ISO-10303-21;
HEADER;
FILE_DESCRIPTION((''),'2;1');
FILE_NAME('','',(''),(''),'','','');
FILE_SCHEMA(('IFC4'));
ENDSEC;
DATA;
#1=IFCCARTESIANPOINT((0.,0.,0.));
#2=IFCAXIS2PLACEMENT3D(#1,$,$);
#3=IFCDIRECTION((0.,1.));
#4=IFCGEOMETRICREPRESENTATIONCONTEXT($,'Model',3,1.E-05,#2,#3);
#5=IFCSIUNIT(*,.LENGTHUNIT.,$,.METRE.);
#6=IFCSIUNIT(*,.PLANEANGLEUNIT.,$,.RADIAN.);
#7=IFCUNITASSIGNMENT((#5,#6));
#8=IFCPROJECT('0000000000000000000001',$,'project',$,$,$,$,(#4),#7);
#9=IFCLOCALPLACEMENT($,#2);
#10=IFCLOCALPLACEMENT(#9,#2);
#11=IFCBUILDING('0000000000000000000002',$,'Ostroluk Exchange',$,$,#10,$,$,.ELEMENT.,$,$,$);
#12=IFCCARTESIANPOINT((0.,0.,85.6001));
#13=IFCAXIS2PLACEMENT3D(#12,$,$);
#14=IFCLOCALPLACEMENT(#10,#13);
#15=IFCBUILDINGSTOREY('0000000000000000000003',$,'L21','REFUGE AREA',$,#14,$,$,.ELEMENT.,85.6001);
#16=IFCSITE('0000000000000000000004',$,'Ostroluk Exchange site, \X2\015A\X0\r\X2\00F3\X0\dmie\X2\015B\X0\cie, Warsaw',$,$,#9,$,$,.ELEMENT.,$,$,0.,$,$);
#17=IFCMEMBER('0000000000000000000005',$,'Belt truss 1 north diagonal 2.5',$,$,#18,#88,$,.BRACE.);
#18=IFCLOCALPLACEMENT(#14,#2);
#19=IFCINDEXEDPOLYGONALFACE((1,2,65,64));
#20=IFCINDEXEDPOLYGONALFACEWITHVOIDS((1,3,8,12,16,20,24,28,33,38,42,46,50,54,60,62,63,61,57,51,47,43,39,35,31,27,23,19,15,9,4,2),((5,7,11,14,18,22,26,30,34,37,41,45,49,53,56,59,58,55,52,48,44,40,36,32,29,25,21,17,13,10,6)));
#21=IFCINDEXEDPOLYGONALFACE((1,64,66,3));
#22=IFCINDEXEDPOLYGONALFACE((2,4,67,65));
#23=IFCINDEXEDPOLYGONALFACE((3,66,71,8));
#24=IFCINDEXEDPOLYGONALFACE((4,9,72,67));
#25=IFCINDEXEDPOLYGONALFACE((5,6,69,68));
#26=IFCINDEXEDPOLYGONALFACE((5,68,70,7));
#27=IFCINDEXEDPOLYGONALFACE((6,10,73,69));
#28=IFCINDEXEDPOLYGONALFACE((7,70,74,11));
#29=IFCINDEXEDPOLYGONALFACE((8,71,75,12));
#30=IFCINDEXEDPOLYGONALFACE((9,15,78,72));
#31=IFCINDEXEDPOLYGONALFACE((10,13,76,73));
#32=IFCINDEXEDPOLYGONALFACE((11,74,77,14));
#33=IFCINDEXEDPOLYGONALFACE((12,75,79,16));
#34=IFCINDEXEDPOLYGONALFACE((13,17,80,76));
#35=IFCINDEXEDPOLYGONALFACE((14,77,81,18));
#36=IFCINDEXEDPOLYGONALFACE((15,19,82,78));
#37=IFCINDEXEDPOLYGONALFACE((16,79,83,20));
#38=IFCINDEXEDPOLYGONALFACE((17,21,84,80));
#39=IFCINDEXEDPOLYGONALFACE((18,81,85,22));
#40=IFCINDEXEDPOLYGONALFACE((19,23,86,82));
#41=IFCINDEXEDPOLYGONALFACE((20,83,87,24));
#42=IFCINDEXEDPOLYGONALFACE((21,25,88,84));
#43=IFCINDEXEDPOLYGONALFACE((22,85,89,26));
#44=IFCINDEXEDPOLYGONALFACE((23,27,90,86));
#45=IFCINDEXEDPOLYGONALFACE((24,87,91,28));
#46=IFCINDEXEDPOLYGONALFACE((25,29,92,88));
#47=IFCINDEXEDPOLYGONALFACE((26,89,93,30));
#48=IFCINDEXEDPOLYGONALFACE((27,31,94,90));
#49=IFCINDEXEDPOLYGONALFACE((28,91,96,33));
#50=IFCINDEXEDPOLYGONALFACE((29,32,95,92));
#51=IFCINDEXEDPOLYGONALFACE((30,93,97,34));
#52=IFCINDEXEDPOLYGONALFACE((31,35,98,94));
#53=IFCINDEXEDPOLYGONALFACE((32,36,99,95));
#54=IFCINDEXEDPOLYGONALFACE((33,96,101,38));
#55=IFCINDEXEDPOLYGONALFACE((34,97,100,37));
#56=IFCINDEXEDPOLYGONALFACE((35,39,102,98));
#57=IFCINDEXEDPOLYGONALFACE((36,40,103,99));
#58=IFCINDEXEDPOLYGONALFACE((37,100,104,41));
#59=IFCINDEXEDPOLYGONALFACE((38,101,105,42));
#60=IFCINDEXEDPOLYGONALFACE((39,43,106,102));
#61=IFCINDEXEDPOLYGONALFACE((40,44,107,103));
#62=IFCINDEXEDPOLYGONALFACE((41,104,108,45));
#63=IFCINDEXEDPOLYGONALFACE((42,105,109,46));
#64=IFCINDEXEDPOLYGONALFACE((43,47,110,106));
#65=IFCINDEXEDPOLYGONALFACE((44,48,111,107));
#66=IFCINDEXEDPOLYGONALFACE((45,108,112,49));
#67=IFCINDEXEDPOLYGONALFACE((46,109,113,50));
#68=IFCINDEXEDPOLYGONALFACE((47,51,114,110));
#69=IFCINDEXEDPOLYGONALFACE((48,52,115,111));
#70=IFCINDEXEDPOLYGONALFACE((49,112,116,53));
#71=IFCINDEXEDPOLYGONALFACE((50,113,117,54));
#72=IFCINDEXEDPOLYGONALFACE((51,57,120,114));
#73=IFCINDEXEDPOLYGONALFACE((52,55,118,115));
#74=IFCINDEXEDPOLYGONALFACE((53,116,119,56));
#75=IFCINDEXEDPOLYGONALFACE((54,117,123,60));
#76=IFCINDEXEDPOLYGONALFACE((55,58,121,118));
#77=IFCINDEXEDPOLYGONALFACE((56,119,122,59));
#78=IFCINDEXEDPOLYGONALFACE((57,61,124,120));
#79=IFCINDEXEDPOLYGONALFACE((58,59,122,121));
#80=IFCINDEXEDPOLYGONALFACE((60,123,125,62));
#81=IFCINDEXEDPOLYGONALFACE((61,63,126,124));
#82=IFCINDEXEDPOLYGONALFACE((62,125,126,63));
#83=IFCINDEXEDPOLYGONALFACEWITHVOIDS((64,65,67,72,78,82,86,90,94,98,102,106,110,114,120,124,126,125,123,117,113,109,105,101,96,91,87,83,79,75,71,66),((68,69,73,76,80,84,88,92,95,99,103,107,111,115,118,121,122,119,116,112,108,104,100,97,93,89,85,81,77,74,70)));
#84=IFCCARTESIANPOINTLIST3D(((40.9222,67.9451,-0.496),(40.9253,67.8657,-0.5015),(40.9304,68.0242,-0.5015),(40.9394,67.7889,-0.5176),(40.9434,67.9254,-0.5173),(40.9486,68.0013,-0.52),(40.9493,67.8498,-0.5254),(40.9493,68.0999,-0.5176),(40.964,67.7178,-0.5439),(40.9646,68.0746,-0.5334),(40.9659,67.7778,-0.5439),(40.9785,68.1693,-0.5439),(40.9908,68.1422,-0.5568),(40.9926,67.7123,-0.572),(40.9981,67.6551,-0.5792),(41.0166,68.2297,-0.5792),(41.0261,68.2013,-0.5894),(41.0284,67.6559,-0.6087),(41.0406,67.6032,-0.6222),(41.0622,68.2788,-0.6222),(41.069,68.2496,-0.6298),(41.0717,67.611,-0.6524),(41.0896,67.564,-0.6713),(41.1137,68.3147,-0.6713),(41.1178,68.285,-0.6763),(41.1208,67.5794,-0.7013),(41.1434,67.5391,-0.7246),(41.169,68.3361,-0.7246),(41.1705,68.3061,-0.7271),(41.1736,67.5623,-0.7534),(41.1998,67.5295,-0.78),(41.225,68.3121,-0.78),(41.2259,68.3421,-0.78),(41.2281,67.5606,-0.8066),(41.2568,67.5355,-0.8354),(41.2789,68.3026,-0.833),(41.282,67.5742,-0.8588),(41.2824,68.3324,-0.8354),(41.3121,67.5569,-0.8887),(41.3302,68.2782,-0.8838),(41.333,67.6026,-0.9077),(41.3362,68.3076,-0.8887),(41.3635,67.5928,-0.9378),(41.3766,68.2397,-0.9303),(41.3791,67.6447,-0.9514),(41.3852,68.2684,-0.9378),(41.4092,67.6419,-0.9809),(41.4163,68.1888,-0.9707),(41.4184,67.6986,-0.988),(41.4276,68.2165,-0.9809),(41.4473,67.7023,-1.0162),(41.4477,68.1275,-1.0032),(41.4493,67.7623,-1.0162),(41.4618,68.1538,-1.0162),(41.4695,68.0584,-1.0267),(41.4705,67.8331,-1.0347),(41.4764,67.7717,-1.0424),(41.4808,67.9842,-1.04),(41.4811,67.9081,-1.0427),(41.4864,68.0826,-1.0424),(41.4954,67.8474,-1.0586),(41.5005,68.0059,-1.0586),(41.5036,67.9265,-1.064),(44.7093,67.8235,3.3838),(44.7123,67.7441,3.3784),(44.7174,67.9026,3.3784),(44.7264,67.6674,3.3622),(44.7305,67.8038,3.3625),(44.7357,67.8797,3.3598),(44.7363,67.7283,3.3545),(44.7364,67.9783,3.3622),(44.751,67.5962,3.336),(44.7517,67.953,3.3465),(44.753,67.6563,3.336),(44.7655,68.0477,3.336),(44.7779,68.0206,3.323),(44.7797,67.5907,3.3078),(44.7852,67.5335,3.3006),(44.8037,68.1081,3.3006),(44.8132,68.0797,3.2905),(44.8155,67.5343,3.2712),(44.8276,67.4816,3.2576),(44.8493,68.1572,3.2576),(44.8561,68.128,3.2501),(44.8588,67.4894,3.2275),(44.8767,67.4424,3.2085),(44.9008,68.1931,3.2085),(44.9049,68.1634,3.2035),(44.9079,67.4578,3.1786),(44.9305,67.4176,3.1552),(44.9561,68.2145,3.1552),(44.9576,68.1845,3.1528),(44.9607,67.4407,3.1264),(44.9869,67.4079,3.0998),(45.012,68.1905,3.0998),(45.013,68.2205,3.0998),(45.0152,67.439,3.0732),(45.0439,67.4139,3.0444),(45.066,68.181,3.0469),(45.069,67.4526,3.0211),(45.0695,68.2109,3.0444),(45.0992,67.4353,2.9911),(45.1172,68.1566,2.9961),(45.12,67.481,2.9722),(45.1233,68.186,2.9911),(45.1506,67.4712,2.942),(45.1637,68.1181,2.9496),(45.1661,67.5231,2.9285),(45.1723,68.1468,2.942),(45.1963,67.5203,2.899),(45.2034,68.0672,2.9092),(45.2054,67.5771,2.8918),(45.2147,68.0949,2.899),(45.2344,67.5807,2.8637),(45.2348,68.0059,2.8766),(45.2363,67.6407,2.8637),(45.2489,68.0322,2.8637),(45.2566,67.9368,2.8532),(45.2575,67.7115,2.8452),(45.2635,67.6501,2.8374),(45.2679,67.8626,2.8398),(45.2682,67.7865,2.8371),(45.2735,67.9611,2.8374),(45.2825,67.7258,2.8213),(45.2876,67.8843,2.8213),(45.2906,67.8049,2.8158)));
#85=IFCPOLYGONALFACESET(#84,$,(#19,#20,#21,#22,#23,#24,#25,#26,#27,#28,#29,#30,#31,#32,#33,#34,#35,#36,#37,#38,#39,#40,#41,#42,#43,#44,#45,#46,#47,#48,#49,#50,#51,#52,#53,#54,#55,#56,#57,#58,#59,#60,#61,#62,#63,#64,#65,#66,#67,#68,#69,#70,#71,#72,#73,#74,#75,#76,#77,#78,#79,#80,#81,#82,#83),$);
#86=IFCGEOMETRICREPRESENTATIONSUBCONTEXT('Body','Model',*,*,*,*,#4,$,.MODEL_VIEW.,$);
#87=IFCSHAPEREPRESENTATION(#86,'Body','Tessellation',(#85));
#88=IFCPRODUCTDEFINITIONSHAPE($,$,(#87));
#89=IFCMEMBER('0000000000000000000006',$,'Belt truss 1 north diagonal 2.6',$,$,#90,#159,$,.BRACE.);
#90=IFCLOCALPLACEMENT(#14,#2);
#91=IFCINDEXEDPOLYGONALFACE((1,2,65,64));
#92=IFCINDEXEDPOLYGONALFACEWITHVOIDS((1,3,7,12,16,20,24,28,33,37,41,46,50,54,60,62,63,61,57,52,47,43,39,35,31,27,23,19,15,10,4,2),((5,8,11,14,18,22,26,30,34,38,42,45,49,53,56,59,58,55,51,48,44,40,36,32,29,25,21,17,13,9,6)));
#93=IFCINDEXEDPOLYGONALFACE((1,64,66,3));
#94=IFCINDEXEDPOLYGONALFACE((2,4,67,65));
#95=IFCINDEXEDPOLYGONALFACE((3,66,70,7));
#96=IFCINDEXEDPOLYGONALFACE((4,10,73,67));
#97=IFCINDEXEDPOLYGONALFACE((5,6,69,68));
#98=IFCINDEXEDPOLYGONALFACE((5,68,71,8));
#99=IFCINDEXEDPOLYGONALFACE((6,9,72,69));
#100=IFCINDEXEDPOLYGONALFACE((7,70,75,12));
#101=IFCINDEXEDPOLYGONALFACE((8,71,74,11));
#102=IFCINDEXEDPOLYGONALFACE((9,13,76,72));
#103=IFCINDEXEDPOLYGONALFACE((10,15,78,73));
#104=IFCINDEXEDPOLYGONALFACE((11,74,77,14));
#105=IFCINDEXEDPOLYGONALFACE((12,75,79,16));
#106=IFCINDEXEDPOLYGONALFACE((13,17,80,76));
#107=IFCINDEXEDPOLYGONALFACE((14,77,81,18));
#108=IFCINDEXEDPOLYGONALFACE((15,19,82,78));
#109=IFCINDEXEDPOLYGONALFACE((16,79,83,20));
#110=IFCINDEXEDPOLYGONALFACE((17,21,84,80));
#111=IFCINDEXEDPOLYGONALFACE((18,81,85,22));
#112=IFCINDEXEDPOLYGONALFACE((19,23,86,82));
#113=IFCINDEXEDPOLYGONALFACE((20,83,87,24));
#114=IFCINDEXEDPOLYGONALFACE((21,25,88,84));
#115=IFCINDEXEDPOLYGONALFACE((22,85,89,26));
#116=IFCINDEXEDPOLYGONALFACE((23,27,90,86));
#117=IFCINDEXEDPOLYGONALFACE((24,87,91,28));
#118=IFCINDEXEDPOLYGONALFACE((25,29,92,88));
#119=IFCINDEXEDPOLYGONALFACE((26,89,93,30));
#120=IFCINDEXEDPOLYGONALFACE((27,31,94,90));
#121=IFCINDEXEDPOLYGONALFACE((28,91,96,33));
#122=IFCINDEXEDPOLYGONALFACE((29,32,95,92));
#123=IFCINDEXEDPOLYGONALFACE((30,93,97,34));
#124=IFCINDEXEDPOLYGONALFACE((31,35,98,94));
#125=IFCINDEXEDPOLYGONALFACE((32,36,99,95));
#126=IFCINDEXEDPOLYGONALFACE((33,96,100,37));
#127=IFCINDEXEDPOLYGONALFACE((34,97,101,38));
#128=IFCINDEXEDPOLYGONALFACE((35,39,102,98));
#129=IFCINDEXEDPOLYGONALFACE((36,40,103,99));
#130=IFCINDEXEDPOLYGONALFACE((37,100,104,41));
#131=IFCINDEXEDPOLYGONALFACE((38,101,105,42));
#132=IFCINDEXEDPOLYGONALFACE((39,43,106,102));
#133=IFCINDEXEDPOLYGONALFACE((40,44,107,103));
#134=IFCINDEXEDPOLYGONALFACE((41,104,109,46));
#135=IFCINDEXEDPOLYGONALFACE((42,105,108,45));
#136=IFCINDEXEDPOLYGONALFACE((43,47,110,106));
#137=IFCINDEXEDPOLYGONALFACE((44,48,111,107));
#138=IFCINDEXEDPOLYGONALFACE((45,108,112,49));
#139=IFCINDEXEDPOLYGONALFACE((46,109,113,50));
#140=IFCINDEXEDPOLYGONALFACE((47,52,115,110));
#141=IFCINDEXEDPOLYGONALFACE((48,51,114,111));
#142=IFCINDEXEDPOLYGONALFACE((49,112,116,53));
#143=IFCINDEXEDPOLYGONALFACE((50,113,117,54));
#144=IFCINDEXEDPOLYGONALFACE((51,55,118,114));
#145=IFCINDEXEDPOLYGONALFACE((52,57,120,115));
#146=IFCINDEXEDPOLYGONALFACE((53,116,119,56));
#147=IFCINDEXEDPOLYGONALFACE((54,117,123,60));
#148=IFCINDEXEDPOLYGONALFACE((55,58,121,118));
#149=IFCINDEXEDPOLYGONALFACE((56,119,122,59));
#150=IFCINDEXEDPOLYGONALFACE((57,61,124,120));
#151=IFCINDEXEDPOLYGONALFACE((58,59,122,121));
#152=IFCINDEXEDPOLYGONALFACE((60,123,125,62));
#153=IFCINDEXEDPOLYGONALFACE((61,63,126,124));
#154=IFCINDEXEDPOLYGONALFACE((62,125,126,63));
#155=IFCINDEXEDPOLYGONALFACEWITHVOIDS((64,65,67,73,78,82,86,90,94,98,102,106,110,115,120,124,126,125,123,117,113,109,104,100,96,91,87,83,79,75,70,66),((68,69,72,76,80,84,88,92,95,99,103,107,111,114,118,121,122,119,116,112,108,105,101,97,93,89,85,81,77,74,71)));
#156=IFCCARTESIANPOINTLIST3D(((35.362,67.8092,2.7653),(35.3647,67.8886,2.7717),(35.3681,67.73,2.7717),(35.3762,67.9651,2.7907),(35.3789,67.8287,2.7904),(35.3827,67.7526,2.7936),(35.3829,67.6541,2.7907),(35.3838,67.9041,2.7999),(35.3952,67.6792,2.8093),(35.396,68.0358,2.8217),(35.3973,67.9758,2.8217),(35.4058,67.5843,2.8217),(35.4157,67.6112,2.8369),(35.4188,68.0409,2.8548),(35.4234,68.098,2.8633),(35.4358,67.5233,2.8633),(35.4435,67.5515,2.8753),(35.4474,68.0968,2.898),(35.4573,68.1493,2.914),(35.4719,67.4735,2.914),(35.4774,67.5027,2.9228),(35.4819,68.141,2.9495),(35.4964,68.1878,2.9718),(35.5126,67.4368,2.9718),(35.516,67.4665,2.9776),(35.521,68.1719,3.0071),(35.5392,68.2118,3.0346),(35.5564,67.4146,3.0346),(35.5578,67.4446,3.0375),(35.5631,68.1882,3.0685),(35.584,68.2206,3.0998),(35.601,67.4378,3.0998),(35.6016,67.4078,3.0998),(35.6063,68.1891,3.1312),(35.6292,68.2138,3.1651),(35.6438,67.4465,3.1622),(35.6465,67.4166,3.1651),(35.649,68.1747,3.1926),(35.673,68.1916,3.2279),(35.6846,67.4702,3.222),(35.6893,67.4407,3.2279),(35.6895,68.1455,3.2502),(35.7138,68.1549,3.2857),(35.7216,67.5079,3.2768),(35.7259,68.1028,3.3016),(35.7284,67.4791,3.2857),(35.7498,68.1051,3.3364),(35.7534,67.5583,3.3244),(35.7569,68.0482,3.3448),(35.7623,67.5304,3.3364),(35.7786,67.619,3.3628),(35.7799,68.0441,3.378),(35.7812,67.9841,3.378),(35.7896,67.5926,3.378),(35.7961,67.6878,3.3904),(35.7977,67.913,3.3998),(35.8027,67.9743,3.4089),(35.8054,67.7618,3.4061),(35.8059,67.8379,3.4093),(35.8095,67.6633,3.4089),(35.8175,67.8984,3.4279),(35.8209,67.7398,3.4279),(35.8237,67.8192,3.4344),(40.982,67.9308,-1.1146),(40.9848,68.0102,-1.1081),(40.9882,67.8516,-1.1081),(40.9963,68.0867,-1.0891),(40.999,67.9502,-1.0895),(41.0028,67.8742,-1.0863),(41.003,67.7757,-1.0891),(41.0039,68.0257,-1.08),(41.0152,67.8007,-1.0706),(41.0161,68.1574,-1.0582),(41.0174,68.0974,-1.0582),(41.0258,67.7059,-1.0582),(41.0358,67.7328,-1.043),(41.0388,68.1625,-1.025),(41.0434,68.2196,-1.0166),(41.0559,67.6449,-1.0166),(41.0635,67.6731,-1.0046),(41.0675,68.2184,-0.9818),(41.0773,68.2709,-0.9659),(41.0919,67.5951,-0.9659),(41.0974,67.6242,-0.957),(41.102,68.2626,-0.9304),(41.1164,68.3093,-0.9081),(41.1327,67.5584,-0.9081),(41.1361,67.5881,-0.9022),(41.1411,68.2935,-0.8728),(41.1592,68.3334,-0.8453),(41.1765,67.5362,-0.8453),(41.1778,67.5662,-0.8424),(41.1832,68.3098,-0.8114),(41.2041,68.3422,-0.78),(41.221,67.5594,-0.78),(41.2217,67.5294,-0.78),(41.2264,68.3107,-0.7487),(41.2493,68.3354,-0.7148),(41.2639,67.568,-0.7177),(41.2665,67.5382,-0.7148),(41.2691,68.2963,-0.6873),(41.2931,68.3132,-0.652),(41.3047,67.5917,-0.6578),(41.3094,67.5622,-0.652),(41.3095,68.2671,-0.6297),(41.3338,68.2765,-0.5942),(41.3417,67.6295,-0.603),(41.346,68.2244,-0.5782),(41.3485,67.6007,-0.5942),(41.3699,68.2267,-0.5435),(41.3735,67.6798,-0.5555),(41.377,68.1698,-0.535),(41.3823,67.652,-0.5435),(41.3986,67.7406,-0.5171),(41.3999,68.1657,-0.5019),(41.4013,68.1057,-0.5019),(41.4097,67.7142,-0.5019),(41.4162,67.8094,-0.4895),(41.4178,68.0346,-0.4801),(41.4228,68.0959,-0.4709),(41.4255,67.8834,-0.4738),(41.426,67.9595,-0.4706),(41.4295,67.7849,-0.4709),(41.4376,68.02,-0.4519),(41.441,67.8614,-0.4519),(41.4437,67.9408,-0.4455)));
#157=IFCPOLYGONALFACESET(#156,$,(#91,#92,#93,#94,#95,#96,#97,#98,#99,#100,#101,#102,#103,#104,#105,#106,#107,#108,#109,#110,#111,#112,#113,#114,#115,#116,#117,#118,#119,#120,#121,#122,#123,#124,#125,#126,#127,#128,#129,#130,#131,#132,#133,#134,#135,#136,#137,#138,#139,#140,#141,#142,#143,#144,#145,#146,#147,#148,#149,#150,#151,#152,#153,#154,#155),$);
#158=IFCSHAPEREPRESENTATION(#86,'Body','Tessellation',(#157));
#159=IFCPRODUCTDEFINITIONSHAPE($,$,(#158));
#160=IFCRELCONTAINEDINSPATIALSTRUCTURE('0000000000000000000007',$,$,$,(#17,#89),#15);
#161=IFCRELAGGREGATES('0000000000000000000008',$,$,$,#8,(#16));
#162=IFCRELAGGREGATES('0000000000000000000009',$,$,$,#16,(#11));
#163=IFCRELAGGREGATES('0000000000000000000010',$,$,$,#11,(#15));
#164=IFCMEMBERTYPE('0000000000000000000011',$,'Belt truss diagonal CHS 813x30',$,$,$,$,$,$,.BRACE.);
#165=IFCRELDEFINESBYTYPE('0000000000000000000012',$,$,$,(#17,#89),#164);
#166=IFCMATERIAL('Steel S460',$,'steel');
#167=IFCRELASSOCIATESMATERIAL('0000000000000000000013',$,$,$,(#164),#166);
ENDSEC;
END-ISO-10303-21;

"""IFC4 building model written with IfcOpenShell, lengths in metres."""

from ifc_helpers import new_model, si_unit, direction, frame, origin, origin_2d, place, context, subcontext, project, spatial, hollow_circle, extrude, material, material_profile, profile_set, type_object, element, save


model = new_model("IFC4")

# Units and contexts
model_context = context("Model", 3, precision=1e-05, world=origin(), true_north=direction((0.0, 1.0)))
body_context = subcontext(model_context, "Body", "Model", "MODEL_VIEW")
ifc_project = project(units=[si_unit("LENGTHUNIT", "METRE"), si_unit("PLANEANGLEUNIT", "RADIAN")], contexts=[model_context])

# Site, building, storey
site_placement = place(None, origin())
site = spatial("IfcSite", under=ifc_project, at=site_placement, Name="Ostroluk Exchange site, Śródmieście, Warsaw", CompositionType="ELEMENT", RefElevation=0.0)
building_placement = place(site_placement, origin())
building = spatial("IfcBuilding", under=site, at=building_placement, Name="Ostroluk Exchange", CompositionType="ELEMENT")
storey_placement = place(building_placement, frame((0.0, 0.0, 85.6001)))
storey = spatial("IfcBuildingStorey", under=building, at=storey_placement, Name="L21", Description="REFUGE AREA", CompositionType="ELEMENT", Elevation=85.6001)

# Members
ifc_material_1 = material(Name="Steel S460", Category="steel")
ifc_material_profile_1 = material_profile(ifc_material_1, hollow_circle(Radius=0.4065, WallThickness=0.03, at=origin_2d()), Name="CHS 813x30")
ifc_profile_set_1 = profile_set([ifc_material_profile_1], Name="Steel S460")
member_type_1 = type_object("IfcMemberType", Name="Belt truss diagonal CHS 813x30", PredefinedType="BRACE", material=ifc_profile_set_1)
member_1_placement = place(storey_placement, frame((41.2129, 67.9358, -0.78), z_axis=(0.698324, -0.022419, 0.715431), x_axis=(0.032088, 0.999485, 0.0)))
element("IfcMember", 1, at=member_1_placement, inside=storey, type_object=member_type_1, Name="Belt truss 1 north diagonal 2.5", PredefinedType="BRACE", context=body_context, shape_type="SweptSolid", body=[
    extrude(hollow_circle(Radius=0.4065, WallThickness=0.03, at=origin_2d()), origin(), (0.0, 0.0, 1.0), 5.4231),
])
member_2_placement = place(storey_placement, frame((41.2129, 67.9358, -0.78), z_axis=(-0.822813, -0.0178, 0.568034), x_axis=(0.021628, -0.999766, 0.0)))
element("IfcMember", 2, at=member_2_placement, inside=storey, type_object=member_type_1, Name="Belt truss 1 north diagonal 2.6", PredefinedType="BRACE", context=body_context, shape_type="SweptSolid", body=[
    extrude(hollow_circle(Radius=0.4065, WallThickness=0.03, at=origin_2d()), origin(), (0.0, 0.0, 1.0), 6.8303),
])

save(model, "model.ifc")
